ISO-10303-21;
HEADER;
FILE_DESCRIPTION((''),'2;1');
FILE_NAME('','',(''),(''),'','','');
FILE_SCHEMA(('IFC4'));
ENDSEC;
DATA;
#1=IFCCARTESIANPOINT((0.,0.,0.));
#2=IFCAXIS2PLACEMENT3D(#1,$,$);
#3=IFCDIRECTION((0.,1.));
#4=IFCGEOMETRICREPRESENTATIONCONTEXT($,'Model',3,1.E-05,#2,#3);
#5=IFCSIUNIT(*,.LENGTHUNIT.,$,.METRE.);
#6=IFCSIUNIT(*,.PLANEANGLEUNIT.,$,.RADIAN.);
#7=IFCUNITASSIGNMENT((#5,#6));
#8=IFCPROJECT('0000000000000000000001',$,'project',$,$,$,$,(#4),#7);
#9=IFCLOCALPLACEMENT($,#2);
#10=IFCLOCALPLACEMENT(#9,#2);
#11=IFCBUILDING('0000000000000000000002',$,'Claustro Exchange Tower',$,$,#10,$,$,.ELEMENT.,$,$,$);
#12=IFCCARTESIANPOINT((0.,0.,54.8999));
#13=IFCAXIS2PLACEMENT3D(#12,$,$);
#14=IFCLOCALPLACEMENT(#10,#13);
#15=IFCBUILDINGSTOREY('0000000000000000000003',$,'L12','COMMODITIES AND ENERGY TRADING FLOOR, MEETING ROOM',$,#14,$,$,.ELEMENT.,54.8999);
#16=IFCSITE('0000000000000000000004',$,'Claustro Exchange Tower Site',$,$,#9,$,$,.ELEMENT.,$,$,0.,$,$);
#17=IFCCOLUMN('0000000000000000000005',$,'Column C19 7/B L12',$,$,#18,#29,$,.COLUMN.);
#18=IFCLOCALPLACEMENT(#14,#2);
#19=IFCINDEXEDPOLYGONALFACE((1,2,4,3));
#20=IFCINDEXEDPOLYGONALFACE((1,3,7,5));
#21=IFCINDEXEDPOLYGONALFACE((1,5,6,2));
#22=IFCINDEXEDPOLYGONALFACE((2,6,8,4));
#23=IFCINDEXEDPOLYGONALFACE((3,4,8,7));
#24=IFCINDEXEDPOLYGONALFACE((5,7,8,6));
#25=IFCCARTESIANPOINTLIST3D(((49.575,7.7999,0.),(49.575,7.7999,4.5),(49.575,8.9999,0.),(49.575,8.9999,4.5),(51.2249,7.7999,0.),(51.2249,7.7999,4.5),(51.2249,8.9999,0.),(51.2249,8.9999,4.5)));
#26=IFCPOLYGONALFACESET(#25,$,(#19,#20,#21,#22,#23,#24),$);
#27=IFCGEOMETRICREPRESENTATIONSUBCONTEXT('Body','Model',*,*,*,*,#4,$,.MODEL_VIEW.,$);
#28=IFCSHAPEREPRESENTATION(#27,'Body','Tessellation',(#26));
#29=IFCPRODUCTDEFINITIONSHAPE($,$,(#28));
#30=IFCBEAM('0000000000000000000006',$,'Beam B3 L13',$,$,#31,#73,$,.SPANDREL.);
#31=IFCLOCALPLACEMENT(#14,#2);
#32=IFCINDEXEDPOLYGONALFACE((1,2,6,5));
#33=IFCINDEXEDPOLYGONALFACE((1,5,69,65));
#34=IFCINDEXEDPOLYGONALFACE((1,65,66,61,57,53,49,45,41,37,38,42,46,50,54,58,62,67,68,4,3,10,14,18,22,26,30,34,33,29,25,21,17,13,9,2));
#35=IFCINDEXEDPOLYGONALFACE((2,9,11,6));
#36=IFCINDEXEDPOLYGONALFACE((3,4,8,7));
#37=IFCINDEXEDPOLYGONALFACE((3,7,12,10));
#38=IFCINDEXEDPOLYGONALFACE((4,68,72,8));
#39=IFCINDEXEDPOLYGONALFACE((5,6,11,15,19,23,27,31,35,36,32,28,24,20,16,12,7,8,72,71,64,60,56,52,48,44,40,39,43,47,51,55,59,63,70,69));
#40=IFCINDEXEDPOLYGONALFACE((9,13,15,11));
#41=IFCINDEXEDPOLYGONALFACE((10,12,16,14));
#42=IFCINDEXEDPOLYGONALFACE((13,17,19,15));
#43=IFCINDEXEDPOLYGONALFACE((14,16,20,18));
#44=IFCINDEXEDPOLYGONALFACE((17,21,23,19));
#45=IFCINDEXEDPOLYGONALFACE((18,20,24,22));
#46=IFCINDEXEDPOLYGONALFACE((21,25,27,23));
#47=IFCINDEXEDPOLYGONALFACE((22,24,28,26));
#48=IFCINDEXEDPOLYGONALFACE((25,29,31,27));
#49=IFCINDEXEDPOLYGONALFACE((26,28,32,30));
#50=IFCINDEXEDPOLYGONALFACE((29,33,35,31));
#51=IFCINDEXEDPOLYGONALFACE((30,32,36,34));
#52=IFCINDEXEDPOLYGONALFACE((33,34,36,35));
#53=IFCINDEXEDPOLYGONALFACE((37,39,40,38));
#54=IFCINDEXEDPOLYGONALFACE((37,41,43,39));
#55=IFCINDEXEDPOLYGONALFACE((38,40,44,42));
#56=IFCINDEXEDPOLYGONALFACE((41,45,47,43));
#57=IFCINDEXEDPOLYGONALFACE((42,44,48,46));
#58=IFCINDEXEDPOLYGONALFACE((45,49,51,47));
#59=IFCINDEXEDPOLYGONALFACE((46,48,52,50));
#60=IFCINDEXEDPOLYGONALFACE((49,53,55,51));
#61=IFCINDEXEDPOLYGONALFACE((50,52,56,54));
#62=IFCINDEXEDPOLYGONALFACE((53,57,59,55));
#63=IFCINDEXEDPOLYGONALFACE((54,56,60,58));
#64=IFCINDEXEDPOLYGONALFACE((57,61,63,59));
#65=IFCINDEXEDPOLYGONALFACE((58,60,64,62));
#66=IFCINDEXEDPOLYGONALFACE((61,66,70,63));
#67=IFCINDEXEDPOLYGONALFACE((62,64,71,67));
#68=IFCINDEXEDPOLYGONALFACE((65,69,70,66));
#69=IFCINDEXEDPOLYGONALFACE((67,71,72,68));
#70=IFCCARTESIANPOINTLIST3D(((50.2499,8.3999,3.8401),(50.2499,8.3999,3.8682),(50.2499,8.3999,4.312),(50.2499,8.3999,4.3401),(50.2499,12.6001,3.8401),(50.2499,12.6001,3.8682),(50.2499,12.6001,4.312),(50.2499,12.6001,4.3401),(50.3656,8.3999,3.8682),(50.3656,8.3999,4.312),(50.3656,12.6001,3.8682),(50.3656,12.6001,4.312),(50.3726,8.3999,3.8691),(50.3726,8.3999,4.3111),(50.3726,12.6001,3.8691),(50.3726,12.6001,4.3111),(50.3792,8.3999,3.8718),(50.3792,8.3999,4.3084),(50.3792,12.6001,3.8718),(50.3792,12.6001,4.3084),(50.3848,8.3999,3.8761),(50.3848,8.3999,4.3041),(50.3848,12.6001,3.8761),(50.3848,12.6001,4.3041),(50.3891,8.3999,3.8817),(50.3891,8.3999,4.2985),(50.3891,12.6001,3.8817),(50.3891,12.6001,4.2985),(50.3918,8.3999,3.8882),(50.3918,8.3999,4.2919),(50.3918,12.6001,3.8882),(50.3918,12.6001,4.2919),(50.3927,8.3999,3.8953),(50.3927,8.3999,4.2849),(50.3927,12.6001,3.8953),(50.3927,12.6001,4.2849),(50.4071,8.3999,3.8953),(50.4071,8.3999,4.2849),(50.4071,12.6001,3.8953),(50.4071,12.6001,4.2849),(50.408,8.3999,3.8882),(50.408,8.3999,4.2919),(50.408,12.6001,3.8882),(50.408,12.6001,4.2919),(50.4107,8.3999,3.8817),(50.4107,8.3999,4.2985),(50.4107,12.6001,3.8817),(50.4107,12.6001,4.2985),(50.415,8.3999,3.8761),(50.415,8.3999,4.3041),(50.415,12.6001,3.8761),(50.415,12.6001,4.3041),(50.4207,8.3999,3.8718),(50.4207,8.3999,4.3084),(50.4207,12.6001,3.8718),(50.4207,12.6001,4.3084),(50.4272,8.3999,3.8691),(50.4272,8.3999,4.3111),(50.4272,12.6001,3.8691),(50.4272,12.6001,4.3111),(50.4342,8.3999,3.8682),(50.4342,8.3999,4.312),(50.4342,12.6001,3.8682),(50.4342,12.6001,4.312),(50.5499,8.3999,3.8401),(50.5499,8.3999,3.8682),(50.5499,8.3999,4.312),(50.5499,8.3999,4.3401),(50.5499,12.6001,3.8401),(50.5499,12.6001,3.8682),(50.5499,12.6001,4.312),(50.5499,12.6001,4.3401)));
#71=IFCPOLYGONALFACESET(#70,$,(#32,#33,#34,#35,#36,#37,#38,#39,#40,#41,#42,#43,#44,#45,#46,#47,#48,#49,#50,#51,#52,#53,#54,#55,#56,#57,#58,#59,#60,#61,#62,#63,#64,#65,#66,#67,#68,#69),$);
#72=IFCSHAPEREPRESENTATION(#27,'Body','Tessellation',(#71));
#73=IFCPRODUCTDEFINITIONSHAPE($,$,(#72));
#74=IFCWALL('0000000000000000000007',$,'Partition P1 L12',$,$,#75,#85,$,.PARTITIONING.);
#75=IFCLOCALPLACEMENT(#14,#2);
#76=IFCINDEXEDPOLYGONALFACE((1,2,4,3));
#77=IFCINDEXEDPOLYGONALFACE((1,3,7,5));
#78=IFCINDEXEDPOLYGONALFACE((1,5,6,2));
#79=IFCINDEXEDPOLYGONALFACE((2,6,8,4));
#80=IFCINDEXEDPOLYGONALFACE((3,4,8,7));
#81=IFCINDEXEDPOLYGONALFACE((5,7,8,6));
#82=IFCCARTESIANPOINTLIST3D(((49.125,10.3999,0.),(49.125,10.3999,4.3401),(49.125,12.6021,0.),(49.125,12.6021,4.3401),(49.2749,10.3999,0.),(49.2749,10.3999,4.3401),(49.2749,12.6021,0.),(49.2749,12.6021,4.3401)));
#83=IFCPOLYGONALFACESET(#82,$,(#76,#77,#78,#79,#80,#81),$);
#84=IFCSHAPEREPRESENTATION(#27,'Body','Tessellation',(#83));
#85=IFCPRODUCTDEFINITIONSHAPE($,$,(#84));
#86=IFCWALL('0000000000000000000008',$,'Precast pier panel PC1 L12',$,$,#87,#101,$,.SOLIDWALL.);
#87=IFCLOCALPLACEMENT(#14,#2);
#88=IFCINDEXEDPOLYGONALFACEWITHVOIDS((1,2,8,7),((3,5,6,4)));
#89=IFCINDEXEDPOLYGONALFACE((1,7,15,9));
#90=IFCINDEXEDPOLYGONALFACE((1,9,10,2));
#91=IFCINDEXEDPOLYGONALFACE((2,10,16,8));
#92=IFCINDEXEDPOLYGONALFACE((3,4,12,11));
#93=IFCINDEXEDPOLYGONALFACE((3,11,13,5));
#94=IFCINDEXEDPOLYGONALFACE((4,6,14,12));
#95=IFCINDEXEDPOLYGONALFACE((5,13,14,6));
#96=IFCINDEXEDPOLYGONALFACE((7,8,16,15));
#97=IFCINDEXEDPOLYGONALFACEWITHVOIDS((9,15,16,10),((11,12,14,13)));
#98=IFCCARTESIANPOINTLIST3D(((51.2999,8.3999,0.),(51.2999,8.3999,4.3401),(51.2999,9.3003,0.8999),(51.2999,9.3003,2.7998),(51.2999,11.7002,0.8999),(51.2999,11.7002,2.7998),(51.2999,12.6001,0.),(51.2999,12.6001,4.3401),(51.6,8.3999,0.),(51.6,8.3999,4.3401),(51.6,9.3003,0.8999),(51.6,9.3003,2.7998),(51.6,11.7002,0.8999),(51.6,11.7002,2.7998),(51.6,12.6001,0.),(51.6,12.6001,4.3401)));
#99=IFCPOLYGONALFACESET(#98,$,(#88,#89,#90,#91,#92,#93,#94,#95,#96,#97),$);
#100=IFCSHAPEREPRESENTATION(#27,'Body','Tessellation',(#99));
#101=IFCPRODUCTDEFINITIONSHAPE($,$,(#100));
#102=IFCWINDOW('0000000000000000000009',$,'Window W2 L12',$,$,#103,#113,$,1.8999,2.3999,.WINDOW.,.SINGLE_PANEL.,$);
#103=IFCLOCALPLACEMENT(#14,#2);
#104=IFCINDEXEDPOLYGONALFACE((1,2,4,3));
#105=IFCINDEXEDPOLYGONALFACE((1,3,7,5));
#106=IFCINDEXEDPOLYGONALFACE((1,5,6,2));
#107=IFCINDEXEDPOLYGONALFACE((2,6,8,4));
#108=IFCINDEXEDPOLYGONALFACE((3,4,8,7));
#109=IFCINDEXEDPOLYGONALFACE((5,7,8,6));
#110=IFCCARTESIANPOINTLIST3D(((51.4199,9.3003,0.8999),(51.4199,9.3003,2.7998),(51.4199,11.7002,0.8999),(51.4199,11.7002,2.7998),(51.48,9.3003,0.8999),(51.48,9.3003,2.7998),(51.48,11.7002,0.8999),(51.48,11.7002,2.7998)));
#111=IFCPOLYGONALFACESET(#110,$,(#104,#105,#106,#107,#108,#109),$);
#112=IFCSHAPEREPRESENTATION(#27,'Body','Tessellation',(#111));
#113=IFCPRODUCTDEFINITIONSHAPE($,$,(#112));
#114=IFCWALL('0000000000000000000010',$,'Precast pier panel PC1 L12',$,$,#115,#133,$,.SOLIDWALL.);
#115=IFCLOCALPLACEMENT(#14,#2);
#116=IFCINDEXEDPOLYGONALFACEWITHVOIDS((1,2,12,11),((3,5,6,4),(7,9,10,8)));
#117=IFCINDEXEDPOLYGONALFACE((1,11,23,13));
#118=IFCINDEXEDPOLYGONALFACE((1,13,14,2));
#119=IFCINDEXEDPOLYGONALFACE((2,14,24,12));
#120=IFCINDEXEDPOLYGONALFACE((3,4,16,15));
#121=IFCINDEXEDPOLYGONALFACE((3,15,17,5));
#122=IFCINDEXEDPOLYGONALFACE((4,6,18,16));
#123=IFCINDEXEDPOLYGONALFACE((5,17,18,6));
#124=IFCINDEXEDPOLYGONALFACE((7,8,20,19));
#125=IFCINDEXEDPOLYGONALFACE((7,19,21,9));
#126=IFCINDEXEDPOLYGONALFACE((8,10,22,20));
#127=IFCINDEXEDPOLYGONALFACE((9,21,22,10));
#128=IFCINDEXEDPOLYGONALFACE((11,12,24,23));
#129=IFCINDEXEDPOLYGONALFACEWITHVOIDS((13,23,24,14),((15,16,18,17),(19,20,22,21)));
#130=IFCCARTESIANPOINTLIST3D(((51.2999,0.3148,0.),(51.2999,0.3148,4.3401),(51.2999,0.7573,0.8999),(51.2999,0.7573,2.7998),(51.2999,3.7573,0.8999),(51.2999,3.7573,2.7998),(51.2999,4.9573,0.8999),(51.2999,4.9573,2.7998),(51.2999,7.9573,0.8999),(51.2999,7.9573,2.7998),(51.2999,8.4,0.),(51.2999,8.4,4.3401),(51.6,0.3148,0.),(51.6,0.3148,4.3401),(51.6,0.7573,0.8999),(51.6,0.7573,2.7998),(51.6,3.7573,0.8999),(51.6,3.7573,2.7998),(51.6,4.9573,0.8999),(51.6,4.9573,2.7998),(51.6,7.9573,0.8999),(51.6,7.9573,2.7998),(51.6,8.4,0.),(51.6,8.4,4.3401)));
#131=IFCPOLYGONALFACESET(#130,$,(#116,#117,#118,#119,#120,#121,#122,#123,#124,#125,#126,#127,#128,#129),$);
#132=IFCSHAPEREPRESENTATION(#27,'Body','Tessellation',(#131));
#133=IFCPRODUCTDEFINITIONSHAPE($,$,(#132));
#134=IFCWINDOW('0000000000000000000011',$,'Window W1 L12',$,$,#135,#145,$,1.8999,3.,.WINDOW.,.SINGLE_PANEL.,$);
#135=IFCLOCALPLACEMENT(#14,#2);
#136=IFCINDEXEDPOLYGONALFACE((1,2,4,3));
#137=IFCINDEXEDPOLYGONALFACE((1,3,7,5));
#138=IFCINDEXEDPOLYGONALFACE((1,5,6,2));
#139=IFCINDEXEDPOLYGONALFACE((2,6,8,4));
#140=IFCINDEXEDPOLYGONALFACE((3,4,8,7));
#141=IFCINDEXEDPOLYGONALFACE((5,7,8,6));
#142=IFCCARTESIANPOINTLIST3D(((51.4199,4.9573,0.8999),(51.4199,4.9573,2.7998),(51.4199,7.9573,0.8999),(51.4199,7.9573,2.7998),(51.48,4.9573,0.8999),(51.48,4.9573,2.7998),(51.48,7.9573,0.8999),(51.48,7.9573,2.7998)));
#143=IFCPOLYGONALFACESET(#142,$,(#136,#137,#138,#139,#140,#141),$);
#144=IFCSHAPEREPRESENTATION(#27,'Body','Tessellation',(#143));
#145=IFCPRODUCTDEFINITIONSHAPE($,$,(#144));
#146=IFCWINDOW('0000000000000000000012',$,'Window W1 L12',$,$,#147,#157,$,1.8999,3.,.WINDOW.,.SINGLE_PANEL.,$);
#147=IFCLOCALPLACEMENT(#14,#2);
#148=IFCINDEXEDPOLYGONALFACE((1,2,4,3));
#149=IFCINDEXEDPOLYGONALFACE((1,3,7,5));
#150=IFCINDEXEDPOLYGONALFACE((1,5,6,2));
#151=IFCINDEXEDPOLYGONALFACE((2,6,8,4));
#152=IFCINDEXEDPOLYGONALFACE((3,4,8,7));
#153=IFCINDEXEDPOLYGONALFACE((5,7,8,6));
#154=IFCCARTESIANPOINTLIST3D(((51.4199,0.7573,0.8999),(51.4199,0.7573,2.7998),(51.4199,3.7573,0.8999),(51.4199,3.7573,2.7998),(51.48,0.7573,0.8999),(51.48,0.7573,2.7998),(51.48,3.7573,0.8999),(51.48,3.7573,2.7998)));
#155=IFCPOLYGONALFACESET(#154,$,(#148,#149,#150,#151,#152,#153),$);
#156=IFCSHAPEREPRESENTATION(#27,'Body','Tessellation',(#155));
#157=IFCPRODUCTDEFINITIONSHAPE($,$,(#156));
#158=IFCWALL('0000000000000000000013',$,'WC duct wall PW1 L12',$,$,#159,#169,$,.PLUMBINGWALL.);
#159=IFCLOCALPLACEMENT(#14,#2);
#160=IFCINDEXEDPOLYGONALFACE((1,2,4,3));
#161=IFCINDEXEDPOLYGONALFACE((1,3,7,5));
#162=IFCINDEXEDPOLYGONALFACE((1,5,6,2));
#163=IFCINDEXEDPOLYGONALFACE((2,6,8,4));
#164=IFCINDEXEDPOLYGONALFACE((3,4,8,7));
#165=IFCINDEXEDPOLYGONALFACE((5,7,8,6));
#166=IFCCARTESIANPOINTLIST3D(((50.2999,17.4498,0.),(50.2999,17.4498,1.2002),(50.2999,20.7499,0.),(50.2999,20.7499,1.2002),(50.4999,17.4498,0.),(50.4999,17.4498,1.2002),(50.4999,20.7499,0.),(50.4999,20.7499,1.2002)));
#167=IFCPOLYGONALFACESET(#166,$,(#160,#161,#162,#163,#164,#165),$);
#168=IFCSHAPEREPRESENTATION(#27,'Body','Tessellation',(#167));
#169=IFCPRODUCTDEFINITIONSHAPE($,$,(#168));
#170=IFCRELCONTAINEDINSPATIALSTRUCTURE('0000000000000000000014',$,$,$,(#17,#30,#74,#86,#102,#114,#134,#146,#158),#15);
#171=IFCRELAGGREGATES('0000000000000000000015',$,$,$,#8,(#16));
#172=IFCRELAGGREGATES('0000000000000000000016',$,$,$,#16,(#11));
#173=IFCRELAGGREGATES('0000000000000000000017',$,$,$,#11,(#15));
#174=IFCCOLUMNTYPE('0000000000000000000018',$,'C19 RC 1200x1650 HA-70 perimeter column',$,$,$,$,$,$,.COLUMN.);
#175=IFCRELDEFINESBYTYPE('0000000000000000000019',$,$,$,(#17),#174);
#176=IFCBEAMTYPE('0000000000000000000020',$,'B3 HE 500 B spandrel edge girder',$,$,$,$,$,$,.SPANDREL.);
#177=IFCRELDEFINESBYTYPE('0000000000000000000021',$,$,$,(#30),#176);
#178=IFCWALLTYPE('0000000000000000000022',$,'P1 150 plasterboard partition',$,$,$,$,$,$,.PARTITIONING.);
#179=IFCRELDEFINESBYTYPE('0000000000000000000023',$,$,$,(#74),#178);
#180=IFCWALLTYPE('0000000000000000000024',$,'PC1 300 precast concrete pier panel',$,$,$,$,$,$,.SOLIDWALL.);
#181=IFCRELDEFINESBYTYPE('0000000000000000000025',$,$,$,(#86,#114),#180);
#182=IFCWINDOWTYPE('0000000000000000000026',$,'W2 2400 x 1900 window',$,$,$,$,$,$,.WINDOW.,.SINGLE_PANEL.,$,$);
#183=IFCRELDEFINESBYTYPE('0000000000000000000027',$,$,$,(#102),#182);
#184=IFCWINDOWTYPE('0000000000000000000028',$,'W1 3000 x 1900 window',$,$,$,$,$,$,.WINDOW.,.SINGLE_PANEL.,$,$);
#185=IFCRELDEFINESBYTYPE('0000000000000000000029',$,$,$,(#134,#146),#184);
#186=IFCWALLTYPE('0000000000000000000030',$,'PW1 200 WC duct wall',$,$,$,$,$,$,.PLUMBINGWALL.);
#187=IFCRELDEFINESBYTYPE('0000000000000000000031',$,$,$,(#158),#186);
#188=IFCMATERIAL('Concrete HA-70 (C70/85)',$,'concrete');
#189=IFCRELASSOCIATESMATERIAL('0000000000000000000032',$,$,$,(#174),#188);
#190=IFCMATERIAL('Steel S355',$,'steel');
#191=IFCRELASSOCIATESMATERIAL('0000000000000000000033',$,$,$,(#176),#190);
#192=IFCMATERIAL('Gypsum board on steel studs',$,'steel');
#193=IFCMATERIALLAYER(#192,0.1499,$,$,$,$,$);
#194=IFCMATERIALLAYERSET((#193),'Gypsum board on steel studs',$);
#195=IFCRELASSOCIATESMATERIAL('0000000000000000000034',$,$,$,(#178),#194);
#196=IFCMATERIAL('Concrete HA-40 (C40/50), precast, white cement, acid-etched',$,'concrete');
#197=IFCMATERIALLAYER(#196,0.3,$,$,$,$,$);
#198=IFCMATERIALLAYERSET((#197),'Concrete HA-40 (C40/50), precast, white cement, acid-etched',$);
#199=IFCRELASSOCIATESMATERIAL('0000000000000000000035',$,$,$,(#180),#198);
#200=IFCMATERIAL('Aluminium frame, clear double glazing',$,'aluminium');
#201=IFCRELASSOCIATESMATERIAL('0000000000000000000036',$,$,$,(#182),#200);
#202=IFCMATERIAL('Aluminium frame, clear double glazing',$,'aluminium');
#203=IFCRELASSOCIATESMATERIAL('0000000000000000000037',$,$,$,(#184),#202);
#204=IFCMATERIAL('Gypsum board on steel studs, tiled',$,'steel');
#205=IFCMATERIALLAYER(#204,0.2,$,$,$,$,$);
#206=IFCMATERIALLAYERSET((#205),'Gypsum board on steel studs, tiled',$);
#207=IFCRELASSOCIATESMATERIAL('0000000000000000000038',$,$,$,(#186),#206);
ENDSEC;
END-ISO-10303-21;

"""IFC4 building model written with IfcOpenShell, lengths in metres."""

from ifc_helpers import new_model, si_unit, direction, frame, frame_2d, origin, origin_2d, place, context, subcontext, project, spatial, rectangle, i_section, extrude, material, layer, layer_set, material_profile, profile_set, type_object, element, fill, save


model = new_model("IFC4")

# Units and contexts
model_context = context("Model", 3, precision=1e-05, world=origin(), true_north=direction((0.0, 1.0)))
body_context = subcontext(model_context, "Body", "Model", "MODEL_VIEW")
ifc_project = project(units=[si_unit("LENGTHUNIT", "METRE"), si_unit("PLANEANGLEUNIT", "RADIAN")], contexts=[model_context])

# Site, building, storey
site_placement = place(None, origin())
site = spatial("IfcSite", under=ifc_project, at=site_placement, Name="Claustro Exchange Tower Site", CompositionType="ELEMENT", RefElevation=0.0)
building_placement = place(site_placement, origin())
building = spatial("IfcBuilding", under=site, at=building_placement, Name="Claustro Exchange Tower", CompositionType="ELEMENT")
storey_placement = place(building_placement, frame((0.0, 0.0, 54.8999)))
storey = spatial("IfcBuildingStorey", under=building, at=storey_placement, Name="L12", Description="COMMODITIES AND ENERGY TRADING FLOOR, MEETING ROOM", CompositionType="ELEMENT", Elevation=54.8999)

# Column
ifc_material_1 = material(Name="Concrete HA-70 (C70/85)", Category="concrete")
ifc_material_profile_1 = material_profile(ifc_material_1, rectangle(XDim=1.2, YDim=1.6499, at=origin_2d()), Name="RC 1200x1650")
ifc_profile_set_1 = profile_set([ifc_material_profile_1], Name="Concrete HA-70 (C70/85)")
column_type = type_object("IfcColumnType", Name="C19 RC 1200x1650 HA-70 perimeter column", PredefinedType="COLUMN", material=ifc_profile_set_1)
column_placement = place(storey_placement, frame((50.3999, 8.3999, 0.0), z_axis=(0.0, 0.0, 1.0), x_axis=(0.0, 1.0, 0.0)))
element("IfcColumn", 1, at=column_placement, inside=storey, type_object=column_type, Name="Column C19 7/B L12", PredefinedType="COLUMN", context=body_context, shape_type="SweptSolid", body=[
    extrude(rectangle(XDim=1.2, YDim=1.6499, at=origin_2d()), origin(), (0.0, 0.0, 1.0), 4.5),
])

# Beam
ifc_material_2 = material(Name="Steel S355", Category="steel")
ifc_material_profile_2 = material_profile(ifc_material_2, i_section(OverallWidth=0.3, OverallDepth=0.5, WebThickness=0.0144, FlangeThickness=0.0281, FilletRadius=0.0271, at=origin_2d()), Name="HE 500 B")
ifc_profile_set_2 = profile_set([ifc_material_profile_2], Name="Steel S355")
beam_type = type_object("IfcBeamType", Name="B3 HE 500 B spandrel edge girder", PredefinedType="SPANDREL", material=ifc_profile_set_2)
beam_placement = place(storey_placement, frame((50.3999, 8.3999, 4.0901), z_axis=(0.0, 1.0, 0.0), x_axis=(-1.0, 0.0, 0.0)))
element("IfcBeam", 2, at=beam_placement, inside=storey, type_object=beam_type, Name="Beam B3 L13", PredefinedType="SPANDREL", context=body_context, shape_type="SweptSolid", body=[
    extrude(i_section(OverallWidth=0.3, OverallDepth=0.5, WebThickness=0.0144, FlangeThickness=0.0281, FilletRadius=0.0271, at=origin_2d()), origin(), (0.0, 0.0, 1.0), 4.2002),
])

# Wall
ifc_material_3 = material(Name="Gypsum board on steel studs", Category="steel")
ifc_layer_1 = layer(ifc_material_3, 0.1499)
ifc_layer_set_1 = layer_set([ifc_layer_1], Name="Gypsum board on steel studs")
wall_type_1 = type_object("IfcWallType", Name="P1 150 plasterboard partition", PredefinedType="PARTITIONING", material=ifc_layer_set_1)
wall_1_placement = place(storey_placement, frame((49.2, 10.3999, 0.0), z_axis=(0.0, 0.0, 1.0), x_axis=(0.0, 1.0, 0.0)))
element("IfcWall", 3, at=wall_1_placement, inside=storey, type_object=wall_type_1, Name="Partition P1 L12", PredefinedType="PARTITIONING", context=body_context, shape_type="SweptSolid", body=[
    extrude(rectangle(XDim=2.2021, YDim=0.1499, at=frame_2d((1.1011, 0.0))), origin(), (0.0, 0.0, 1.0), 4.3401),
])

# Wall, opening, window
ifc_material_4 = material(Name="Concrete HA-40 (C40/50), precast, white cement, acid-etched", Category="concrete")
ifc_layer_2 = layer(ifc_material_4, 0.3)
ifc_layer_set_2 = layer_set([ifc_layer_2], Name="Concrete HA-40 (C40/50), precast, white cement, acid-etched")
wall_type_2 = type_object("IfcWallType", Name="PC1 300 precast concrete pier panel", PredefinedType="SOLIDWALL", material=ifc_layer_set_2)
wall_2_placement = place(storey_placement, frame((51.45, 12.6001, 0.0), z_axis=(0.0, 0.0, 1.0), x_axis=(0.0, -1.0, 0.0)))
wall_2 = element("IfcWall", 4, at=wall_2_placement, inside=storey, type_object=wall_type_2, Name="Precast pier panel PC1 L12", PredefinedType="SOLIDWALL", context=body_context, shape_type="SweptSolid", body=[
    extrude(rectangle(XDim=4.2002, YDim=0.3, at=frame_2d((2.1001, 0.0))), origin(), (0.0, 0.0, 1.0), 4.3401),
])
opening_1_placement = place(wall_2_placement, frame((0.8999, 0.0, 0.8999)))
opening_1 = element("IfcOpeningElement", 5, at=opening_1_placement, cuts=wall_2, PredefinedType="OPENING", context=body_context, shape_type="SweptSolid", body=[
    extrude(rectangle(XDim=2.3999, YDim=1.8999, at=frame_2d((1.2, 0.95))), frame((0.0, 0.1599, 0.0), z_axis=(0.0, -1.0, 0.0), x_axis=(1.0, 0.0, 0.0)), (0.0, 0.0, 1.0), 0.3201),
])
ifc_material_5 = material(Name="Aluminium frame, clear double glazing", Category="aluminium")
window_type_1 = type_object("IfcWindowType", Name="W2 2400 x 1900 window", PartitioningType="SINGLE_PANEL", PredefinedType="WINDOW", material=ifc_material_5)
window_1_placement = place(opening_1_placement, origin())
window_1 = element("IfcWindow", 6, at=window_1_placement, inside=storey, type_object=window_type_1, Name="Window W2 L12", OverallHeight=1.8999, OverallWidth=2.3999, PartitioningType="SINGLE_PANEL", PredefinedType="WINDOW", context=body_context, shape_type="SweptSolid", body=[
    extrude(rectangle(XDim=2.3999, YDim=1.8999, at=frame_2d((1.2, 0.95))), frame((0.0, 0.03, 0.0), z_axis=(0.0, -1.0, 0.0), x_axis=(1.0, 0.0, 0.0)), (0.0, 0.0, 1.0), 0.0601),
])
fill(opening_1, window_1)

# Wall, openings, windows
wall_3_placement = place(storey_placement, frame((51.45, 8.3999, 0.0), z_axis=(0.0, 0.0, 1.0), x_axis=(0.0, -1.0, 0.0)))
wall_3 = element("IfcWall", 7, at=wall_3_placement, inside=storey, type_object=wall_type_2, Name="Precast pier panel PC1 L12", PredefinedType="SOLIDWALL", context=body_context, shape_type="SweptSolid", body=[
    extrude(rectangle(XDim=8.0852, YDim=0.3, at=frame_2d((4.0425, 0.0))), origin(), (0.0, 0.0, 1.0), 4.3401),
])
opening_2_placement = place(wall_3_placement, frame((0.4426, 0.0, 0.8999)))
opening_2 = element("IfcOpeningElement", 8, at=opening_2_placement, cuts=wall_3, PredefinedType="OPENING", context=body_context, shape_type="SweptSolid", body=[
    extrude(rectangle(XDim=3.0, YDim=1.8999, at=frame_2d((1.5, 0.95))), frame((0.0, 0.1599, 0.0), z_axis=(0.0, -1.0, 0.0), x_axis=(1.0, 0.0, 0.0)), (0.0, 0.0, 1.0), 0.3201),
])
opening_3_placement = place(wall_3_placement, frame((4.6426, 0.0, 0.8999)))
opening_3 = element("IfcOpeningElement", 9, at=opening_3_placement, cuts=wall_3, PredefinedType="OPENING", context=body_context, shape_type="SweptSolid", body=[
    extrude(rectangle(XDim=3.0, YDim=1.8999, at=frame_2d((1.5, 0.95))), frame((0.0, 0.1599, 0.0), z_axis=(0.0, -1.0, 0.0), x_axis=(1.0, 0.0, 0.0)), (0.0, 0.0, 1.0), 0.3201),
])
ifc_material_6 = material(Name="Aluminium frame, clear double glazing", Category="aluminium")
window_type_2 = type_object("IfcWindowType", Name="W1 3000 x 1900 window", PartitioningType="SINGLE_PANEL", PredefinedType="WINDOW", material=ifc_material_6)
window_2_placement = place(opening_2_placement, origin())
window_2 = element("IfcWindow", 10, at=window_2_placement, inside=storey, type_object=window_type_2, Name="Window W1 L12", OverallHeight=1.8999, OverallWidth=3.0, PartitioningType="SINGLE_PANEL", PredefinedType="WINDOW", context=body_context, shape_type="SweptSolid", body=[
    extrude(rectangle(XDim=3.0, YDim=1.8999, at=frame_2d((1.5, 0.95))), frame((0.0, 0.03, 0.0), z_axis=(0.0, -1.0, 0.0), x_axis=(1.0, 0.0, 0.0)), (0.0, 0.0, 1.0), 0.0601),
])
fill(opening_2, window_2)
window_3_placement = place(opening_3_placement, origin())
window_3 = element("IfcWindow", 11, at=window_3_placement, inside=storey, type_object=window_type_2, Name="Window W1 L12", OverallHeight=1.8999, OverallWidth=3.0, PartitioningType="SINGLE_PANEL", PredefinedType="WINDOW", context=body_context, shape_type="SweptSolid", body=[
    extrude(rectangle(XDim=3.0, YDim=1.8999, at=frame_2d((1.5, 0.95))), frame((0.0, 0.03, 0.0), z_axis=(0.0, -1.0, 0.0), x_axis=(1.0, 0.0, 0.0)), (0.0, 0.0, 1.0), 0.0601),
])
fill(opening_3, window_3)

# Wall
ifc_material_7 = material(Name="Gypsum board on steel studs, tiled", Category="steel")
ifc_layer_3 = layer(ifc_material_7, 0.2)
ifc_layer_set_3 = layer_set([ifc_layer_3], Name="Gypsum board on steel studs, tiled")
wall_type_3 = type_object("IfcWallType", Name="PW1 200 WC duct wall", PredefinedType="PLUMBINGWALL", material=ifc_layer_set_3)
wall_4_placement = place(storey_placement, frame((50.3999, 17.45, 0.0), z_axis=(0.0, 0.0, 1.0), x_axis=(0.0, 1.0, 0.0)))
element("IfcWall", 12, at=wall_4_placement, inside=storey, type_object=wall_type_3, Name="WC duct wall PW1 L12", PredefinedType="PLUMBINGWALL", context=body_context, shape_type="SweptSolid", body=[
    extrude(rectangle(XDim=3.3, YDim=0.2, at=frame_2d((1.6499, 0.0))), origin(), (0.0, 0.0, 1.0), 1.2002),
])

save(model, "model.ifc")
